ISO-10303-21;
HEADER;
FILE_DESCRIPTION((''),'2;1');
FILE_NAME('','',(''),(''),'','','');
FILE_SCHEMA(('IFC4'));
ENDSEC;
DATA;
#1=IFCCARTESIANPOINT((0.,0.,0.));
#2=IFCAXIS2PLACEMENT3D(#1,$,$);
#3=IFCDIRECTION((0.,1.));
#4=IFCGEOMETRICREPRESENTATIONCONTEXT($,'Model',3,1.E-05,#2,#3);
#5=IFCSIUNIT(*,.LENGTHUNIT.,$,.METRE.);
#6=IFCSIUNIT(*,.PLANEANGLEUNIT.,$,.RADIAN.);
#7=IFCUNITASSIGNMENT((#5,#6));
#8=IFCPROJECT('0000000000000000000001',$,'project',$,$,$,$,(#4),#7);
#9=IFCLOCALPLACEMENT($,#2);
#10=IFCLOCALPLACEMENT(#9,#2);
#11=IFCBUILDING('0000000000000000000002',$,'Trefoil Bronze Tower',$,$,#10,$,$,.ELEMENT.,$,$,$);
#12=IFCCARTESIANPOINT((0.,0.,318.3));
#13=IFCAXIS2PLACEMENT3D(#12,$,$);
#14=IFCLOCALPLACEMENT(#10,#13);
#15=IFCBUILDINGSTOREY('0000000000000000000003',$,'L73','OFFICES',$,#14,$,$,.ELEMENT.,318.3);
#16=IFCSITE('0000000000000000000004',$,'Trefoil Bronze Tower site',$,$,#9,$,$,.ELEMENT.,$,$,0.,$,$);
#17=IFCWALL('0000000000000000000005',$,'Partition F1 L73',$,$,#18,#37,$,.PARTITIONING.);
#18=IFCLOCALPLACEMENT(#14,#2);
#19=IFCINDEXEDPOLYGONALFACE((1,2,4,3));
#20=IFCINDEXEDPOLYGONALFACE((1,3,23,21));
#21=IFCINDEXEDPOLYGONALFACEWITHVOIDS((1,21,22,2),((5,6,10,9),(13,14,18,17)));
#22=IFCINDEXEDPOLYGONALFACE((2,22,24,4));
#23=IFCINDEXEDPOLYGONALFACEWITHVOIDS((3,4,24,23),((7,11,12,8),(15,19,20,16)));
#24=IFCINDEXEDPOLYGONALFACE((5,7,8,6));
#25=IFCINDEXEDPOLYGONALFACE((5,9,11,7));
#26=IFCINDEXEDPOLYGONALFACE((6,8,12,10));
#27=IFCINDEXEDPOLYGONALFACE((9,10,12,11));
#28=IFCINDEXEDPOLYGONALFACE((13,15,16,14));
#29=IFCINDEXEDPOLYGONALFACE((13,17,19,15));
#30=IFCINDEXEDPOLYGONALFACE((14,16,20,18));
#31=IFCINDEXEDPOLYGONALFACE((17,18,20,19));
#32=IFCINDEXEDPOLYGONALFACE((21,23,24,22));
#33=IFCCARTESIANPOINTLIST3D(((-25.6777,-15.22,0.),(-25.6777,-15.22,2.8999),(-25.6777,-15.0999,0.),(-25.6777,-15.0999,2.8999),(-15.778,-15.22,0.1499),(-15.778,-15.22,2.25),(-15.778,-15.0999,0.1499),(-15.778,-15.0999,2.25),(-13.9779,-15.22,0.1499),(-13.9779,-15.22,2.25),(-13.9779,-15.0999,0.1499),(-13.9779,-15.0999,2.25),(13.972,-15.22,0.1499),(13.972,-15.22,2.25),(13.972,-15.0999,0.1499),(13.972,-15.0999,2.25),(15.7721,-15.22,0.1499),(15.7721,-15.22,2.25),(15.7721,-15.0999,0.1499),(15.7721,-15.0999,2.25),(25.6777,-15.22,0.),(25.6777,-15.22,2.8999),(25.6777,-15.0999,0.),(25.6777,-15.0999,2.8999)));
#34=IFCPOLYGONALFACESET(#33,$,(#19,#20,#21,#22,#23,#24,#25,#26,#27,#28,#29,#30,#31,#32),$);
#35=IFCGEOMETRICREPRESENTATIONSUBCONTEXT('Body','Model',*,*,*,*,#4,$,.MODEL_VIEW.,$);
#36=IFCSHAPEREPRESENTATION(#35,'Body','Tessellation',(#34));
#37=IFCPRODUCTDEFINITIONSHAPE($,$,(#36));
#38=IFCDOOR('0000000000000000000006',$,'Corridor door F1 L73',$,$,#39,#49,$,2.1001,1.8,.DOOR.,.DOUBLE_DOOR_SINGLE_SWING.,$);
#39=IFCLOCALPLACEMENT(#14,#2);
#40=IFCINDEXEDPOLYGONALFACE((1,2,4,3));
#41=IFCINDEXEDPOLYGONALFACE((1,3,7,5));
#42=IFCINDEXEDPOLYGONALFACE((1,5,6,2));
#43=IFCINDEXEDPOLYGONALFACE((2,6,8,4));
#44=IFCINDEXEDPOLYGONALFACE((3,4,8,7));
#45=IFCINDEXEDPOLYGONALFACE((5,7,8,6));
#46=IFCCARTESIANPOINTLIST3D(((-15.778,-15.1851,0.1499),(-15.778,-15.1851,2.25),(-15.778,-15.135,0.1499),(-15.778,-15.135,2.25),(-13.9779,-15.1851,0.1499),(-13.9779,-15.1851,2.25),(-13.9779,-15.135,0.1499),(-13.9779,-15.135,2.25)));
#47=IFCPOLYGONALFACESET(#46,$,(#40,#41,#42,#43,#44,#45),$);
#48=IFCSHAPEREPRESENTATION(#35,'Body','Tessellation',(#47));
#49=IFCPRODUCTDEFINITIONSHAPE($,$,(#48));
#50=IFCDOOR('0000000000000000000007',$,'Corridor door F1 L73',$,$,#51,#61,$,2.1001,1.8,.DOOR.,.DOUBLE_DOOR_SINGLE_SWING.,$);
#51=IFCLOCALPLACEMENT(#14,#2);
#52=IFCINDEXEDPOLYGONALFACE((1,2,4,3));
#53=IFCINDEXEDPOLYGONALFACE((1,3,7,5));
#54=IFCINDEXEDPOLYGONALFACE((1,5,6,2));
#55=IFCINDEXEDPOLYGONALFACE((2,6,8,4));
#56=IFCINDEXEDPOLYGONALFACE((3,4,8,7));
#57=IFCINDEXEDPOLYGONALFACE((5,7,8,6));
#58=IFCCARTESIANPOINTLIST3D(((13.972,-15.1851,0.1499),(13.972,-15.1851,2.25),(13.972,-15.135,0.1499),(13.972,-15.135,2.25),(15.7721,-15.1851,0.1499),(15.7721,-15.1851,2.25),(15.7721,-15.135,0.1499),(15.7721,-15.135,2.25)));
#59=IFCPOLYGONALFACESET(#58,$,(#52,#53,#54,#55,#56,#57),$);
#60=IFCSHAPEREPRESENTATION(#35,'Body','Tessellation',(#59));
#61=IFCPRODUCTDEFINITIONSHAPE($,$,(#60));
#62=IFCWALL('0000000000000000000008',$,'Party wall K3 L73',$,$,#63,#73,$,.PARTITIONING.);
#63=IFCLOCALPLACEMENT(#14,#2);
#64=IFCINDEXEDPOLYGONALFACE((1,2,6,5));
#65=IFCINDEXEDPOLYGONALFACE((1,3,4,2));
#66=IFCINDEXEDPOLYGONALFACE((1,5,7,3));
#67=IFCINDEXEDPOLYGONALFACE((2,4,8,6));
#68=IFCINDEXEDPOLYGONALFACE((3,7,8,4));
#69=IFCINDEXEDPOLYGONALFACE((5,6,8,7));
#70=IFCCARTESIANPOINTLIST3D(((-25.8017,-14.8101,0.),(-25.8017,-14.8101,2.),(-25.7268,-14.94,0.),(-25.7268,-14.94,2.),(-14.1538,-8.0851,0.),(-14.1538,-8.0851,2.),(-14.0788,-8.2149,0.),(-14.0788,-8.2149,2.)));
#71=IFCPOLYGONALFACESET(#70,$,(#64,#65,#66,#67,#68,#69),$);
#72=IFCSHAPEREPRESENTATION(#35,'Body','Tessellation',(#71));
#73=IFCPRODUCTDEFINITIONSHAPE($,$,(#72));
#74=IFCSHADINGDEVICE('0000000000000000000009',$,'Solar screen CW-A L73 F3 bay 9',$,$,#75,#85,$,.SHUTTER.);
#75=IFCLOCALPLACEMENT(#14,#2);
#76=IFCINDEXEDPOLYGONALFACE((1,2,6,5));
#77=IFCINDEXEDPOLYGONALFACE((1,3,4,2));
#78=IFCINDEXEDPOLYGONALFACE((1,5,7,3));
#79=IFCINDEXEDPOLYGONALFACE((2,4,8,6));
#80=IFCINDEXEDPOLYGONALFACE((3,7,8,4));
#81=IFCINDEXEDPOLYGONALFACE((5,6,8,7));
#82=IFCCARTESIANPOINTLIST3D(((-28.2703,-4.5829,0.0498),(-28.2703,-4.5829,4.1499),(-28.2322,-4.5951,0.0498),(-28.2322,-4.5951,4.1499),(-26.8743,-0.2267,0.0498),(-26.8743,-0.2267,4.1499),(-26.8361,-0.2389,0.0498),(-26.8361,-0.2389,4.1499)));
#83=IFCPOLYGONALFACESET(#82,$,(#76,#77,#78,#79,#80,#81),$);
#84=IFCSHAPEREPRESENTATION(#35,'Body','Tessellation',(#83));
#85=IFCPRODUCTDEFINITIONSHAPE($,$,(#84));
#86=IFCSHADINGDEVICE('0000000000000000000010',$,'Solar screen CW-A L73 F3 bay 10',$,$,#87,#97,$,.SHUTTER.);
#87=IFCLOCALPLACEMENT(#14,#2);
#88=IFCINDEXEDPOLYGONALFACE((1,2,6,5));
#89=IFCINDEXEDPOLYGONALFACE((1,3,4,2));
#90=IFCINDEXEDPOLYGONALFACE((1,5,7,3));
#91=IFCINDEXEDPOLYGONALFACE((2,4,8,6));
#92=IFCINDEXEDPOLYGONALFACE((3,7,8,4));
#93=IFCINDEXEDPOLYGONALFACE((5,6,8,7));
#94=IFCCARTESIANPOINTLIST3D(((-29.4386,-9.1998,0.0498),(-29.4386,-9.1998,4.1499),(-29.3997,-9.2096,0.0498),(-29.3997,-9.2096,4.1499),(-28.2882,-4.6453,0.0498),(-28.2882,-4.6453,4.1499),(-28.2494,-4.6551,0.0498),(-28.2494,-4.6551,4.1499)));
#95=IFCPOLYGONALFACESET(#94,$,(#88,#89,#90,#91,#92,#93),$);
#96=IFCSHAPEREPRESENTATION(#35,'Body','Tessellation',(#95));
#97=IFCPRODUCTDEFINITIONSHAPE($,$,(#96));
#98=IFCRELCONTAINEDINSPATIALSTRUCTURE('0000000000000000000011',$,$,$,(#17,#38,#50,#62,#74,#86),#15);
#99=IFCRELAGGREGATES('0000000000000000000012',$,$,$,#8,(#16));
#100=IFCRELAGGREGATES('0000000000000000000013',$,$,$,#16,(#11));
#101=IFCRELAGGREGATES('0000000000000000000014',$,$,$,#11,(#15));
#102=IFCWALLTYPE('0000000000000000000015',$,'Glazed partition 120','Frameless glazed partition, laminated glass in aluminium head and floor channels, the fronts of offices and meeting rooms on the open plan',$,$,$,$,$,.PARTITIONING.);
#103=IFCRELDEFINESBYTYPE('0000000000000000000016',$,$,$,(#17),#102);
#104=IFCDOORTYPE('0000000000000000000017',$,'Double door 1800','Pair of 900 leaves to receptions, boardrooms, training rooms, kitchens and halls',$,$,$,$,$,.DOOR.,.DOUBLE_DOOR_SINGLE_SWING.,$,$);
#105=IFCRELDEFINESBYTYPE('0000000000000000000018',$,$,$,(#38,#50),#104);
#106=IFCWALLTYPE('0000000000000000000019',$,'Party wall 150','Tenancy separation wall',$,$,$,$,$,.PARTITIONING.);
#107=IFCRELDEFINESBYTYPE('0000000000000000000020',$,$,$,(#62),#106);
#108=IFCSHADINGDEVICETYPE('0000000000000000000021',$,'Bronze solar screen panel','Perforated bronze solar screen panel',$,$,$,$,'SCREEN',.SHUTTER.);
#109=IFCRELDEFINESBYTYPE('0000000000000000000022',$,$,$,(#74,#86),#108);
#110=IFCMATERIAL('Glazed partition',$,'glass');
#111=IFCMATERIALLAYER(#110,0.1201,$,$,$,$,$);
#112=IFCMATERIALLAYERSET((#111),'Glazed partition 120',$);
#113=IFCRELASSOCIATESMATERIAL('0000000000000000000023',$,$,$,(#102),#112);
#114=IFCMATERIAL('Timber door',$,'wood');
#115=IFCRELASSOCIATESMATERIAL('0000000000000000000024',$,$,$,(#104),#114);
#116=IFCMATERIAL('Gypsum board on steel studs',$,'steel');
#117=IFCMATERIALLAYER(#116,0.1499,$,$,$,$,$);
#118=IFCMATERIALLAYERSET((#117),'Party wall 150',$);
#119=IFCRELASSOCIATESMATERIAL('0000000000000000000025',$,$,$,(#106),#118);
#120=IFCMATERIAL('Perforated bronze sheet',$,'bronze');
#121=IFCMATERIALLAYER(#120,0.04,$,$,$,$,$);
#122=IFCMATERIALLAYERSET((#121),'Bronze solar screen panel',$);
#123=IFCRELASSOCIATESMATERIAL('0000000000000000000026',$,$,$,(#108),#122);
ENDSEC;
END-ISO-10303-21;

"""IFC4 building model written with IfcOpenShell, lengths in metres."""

from ifc_helpers import new_model, si_unit, direction, frame, frame_2d, origin, origin_2d, place, context, subcontext, project, spatial, rectangle, extrude, material, layer, layer_set, type_object, element, fill, save


model = new_model("IFC4")

# Units and contexts
model_context = context("Model", 3, precision=1e-05, world=origin(), true_north=direction((0.0, 1.0)))
body_context = subcontext(model_context, "Body", "Model", "MODEL_VIEW")
ifc_project = project(units=[si_unit("LENGTHUNIT", "METRE"), si_unit("PLANEANGLEUNIT", "RADIAN")], contexts=[model_context])

# Site, building, storey
site_placement = place(None, origin())
site = spatial("IfcSite", under=ifc_project, at=site_placement, Name="Trefoil Bronze Tower site", CompositionType="ELEMENT", RefElevation=0.0)
building_placement = place(site_placement, origin())
building = spatial("IfcBuilding", under=site, at=building_placement, Name="Trefoil Bronze Tower", CompositionType="ELEMENT")
storey_placement = place(building_placement, frame((0.0, 0.0, 318.3)))
storey = spatial("IfcBuildingStorey", under=building, at=storey_placement, Name="L73", Description="OFFICES", CompositionType="ELEMENT", Elevation=318.3)

# Wall, openings, doors
ifc_material_1 = material(Name="Glazed partition", Category="glass")
ifc_layer_1 = layer(ifc_material_1, 0.1201)
ifc_layer_set_1 = layer_set([ifc_layer_1], Name="Glazed partition 120")
wall_type_1 = type_object("IfcWallType", Name="Glazed partition 120", Description="Frameless glazed partition, laminated glass in aluminium head and floor channels, the fronts of offices and meeting rooms on the open plan", PredefinedType="PARTITIONING", material=ifc_layer_set_1)
wall_1_placement = place(storey_placement, frame((-25.6777, -15.1599, 0.0), z_axis=(0.0, 0.0, 1.0), x_axis=(1.0, 0.0, 0.0)))
wall_1 = element("IfcWall", 1, at=wall_1_placement, inside=storey, type_object=wall_type_1, Name="Partition F1 L73", PredefinedType="PARTITIONING", context=body_context, shape_type="SweptSolid", body=[
    extrude(rectangle(XDim=51.3555, YDim=0.1201, at=frame_2d((25.6777, 0.0))), origin(), (0.0, 0.0, 1.0), 2.8999),
])
opening_1_placement = place(wall_1_placement, frame((9.8999, 0.0, 0.1499)))
opening_1 = element("IfcOpeningElement", 2, at=opening_1_placement, cuts=wall_1, PredefinedType="OPENING", context=body_context, shape_type="SweptSolid", body=[
    extrude(rectangle(XDim=1.8, YDim=2.1001, at=frame_2d((0.8999, 1.05))), frame((0.0, 0.0701, 0.0), z_axis=(0.0, -1.0, 0.0), x_axis=(1.0, 0.0, 0.0)), (0.0, 0.0, 1.0), 0.1401),
])
opening_2_placement = place(wall_1_placement, frame((39.6499, 0.0, 0.1499)))
opening_2 = element("IfcOpeningElement", 3, at=opening_2_placement, cuts=wall_1, PredefinedType="OPENING", context=body_context, shape_type="SweptSolid", body=[
    extrude(rectangle(XDim=1.8, YDim=2.1001, at=frame_2d((0.8999, 1.05))), frame((0.0, 0.0701, 0.0), z_axis=(0.0, -1.0, 0.0), x_axis=(1.0, 0.0, 0.0)), (0.0, 0.0, 1.0), 0.1401),
])
ifc_material_2 = material(Name="Timber door", Category="wood")
door_type = type_object("IfcDoorType", Name="Double door 1800", Description="Pair of 900 leaves to receptions, boardrooms, training rooms, kitchens and halls", OperationType="DOUBLE_DOOR_SINGLE_SWING", PredefinedType="DOOR", material=ifc_material_2)
door_1_placement = place(opening_1_placement, origin())
door_1 = element("IfcDoor", 4, at=door_1_placement, inside=storey, type_object=door_type, Name="Corridor door F1 L73", OperationType="DOUBLE_DOOR_SINGLE_SWING", OverallHeight=2.1001, OverallWidth=1.8, PredefinedType="DOOR", context=body_context, shape_type="SweptSolid", body=[
    extrude(rectangle(XDim=1.8, YDim=2.1001, at=frame_2d((0.8999, 1.05))), frame((0.0, 0.0249, 0.0), z_axis=(0.0, -1.0, 0.0), x_axis=(1.0, 0.0, 0.0)), (0.0, 0.0, 1.0), 0.05),
])
fill(opening_1, door_1)
door_2_placement = place(opening_2_placement, origin())
door_2 = element("IfcDoor", 5, at=door_2_placement, inside=storey, type_object=door_type, Name="Corridor door F1 L73", OperationType="DOUBLE_DOOR_SINGLE_SWING", OverallHeight=2.1001, OverallWidth=1.8, PredefinedType="DOOR", context=body_context, shape_type="SweptSolid", body=[
    extrude(rectangle(XDim=1.8, YDim=2.1001, at=frame_2d((0.8999, 1.05))), frame((0.0, 0.0249, 0.0), z_axis=(0.0, -1.0, 0.0), x_axis=(1.0, 0.0, 0.0)), (0.0, 0.0, 1.0), 0.05),
])
fill(opening_2, door_2)

# Wall
ifc_material_3 = material(Name="Gypsum board on steel studs", Category="steel")
ifc_layer_2 = layer(ifc_material_3, 0.1499)
ifc_layer_set_2 = layer_set([ifc_layer_2], Name="Party wall 150")
wall_type_2 = type_object("IfcWallType", Name="Party wall 150", Description="Tenancy separation wall", PredefinedType="PARTITIONING", material=ifc_layer_set_2)
wall_2_placement = place(storey_placement, frame((-14.1162, -8.1499, 0.0), z_axis=(0.0, 0.0, 1.0), x_axis=(-0.866021, -0.500008, 0.0)))
element("IfcWall", 6, at=wall_2_placement, inside=storey, type_object=wall_type_2, Name="Party wall K3 L73", PredefinedType="PARTITIONING", context=body_context, shape_type="SweptSolid", body=[
    extrude(rectangle(XDim=13.45, YDim=0.1499, at=frame_2d((6.7251, 0.0))), origin(), (0.0, 0.0, 1.0), 2.0),
])

# Shading devices
ifc_material_4 = material(Name="Perforated bronze sheet", Category="bronze")
ifc_layer_3 = layer(ifc_material_4, 0.04)
ifc_layer_set_3 = layer_set([ifc_layer_3], Name="Bronze solar screen panel")
shading_device_type = type_object("IfcShadingDeviceType", Name="Bronze solar screen panel", Description="Perforated bronze solar screen panel", ElementType="SCREEN", PredefinedType="SHUTTER", material=ifc_layer_set_3)
shading_device_1_placement = place(storey_placement, frame((-27.5532, -2.4109, 0.0498), z_axis=(0.0, 0.0, 1.0), x_axis=(-0.305188, -0.952292, 0.0)))
element("IfcShadingDevice", 7, at=shading_device_1_placement, inside=storey, type_object=shading_device_type, Name="Solar screen CW-A L73 F3 bay 9", PredefinedType="SHUTTER", context=body_context, shape_type="SweptSolid", body=[
    extrude(rectangle(XDim=4.5745, YDim=0.04, at=origin_2d()), origin(), (0.0, 0.0, 1.0), 4.1001),
])
shading_device_2_placement = place(storey_placement, frame((-28.844, -6.9275, 0.0498), z_axis=(0.0, 0.0, 1.0), x_axis=(-0.24488, -0.969554, 0.0)))
element("IfcShadingDevice", 8, at=shading_device_2_placement, inside=storey, type_object=shading_device_type, Name="Solar screen CW-A L73 F3 bay 10", PredefinedType="SHUTTER", context=body_context, shape_type="SweptSolid", body=[
    extrude(rectangle(XDim=4.6975, YDim=0.04, at=origin_2d()), origin(), (0.0, 0.0, 1.0), 4.1001),
])

save(model, "model.ifc")
